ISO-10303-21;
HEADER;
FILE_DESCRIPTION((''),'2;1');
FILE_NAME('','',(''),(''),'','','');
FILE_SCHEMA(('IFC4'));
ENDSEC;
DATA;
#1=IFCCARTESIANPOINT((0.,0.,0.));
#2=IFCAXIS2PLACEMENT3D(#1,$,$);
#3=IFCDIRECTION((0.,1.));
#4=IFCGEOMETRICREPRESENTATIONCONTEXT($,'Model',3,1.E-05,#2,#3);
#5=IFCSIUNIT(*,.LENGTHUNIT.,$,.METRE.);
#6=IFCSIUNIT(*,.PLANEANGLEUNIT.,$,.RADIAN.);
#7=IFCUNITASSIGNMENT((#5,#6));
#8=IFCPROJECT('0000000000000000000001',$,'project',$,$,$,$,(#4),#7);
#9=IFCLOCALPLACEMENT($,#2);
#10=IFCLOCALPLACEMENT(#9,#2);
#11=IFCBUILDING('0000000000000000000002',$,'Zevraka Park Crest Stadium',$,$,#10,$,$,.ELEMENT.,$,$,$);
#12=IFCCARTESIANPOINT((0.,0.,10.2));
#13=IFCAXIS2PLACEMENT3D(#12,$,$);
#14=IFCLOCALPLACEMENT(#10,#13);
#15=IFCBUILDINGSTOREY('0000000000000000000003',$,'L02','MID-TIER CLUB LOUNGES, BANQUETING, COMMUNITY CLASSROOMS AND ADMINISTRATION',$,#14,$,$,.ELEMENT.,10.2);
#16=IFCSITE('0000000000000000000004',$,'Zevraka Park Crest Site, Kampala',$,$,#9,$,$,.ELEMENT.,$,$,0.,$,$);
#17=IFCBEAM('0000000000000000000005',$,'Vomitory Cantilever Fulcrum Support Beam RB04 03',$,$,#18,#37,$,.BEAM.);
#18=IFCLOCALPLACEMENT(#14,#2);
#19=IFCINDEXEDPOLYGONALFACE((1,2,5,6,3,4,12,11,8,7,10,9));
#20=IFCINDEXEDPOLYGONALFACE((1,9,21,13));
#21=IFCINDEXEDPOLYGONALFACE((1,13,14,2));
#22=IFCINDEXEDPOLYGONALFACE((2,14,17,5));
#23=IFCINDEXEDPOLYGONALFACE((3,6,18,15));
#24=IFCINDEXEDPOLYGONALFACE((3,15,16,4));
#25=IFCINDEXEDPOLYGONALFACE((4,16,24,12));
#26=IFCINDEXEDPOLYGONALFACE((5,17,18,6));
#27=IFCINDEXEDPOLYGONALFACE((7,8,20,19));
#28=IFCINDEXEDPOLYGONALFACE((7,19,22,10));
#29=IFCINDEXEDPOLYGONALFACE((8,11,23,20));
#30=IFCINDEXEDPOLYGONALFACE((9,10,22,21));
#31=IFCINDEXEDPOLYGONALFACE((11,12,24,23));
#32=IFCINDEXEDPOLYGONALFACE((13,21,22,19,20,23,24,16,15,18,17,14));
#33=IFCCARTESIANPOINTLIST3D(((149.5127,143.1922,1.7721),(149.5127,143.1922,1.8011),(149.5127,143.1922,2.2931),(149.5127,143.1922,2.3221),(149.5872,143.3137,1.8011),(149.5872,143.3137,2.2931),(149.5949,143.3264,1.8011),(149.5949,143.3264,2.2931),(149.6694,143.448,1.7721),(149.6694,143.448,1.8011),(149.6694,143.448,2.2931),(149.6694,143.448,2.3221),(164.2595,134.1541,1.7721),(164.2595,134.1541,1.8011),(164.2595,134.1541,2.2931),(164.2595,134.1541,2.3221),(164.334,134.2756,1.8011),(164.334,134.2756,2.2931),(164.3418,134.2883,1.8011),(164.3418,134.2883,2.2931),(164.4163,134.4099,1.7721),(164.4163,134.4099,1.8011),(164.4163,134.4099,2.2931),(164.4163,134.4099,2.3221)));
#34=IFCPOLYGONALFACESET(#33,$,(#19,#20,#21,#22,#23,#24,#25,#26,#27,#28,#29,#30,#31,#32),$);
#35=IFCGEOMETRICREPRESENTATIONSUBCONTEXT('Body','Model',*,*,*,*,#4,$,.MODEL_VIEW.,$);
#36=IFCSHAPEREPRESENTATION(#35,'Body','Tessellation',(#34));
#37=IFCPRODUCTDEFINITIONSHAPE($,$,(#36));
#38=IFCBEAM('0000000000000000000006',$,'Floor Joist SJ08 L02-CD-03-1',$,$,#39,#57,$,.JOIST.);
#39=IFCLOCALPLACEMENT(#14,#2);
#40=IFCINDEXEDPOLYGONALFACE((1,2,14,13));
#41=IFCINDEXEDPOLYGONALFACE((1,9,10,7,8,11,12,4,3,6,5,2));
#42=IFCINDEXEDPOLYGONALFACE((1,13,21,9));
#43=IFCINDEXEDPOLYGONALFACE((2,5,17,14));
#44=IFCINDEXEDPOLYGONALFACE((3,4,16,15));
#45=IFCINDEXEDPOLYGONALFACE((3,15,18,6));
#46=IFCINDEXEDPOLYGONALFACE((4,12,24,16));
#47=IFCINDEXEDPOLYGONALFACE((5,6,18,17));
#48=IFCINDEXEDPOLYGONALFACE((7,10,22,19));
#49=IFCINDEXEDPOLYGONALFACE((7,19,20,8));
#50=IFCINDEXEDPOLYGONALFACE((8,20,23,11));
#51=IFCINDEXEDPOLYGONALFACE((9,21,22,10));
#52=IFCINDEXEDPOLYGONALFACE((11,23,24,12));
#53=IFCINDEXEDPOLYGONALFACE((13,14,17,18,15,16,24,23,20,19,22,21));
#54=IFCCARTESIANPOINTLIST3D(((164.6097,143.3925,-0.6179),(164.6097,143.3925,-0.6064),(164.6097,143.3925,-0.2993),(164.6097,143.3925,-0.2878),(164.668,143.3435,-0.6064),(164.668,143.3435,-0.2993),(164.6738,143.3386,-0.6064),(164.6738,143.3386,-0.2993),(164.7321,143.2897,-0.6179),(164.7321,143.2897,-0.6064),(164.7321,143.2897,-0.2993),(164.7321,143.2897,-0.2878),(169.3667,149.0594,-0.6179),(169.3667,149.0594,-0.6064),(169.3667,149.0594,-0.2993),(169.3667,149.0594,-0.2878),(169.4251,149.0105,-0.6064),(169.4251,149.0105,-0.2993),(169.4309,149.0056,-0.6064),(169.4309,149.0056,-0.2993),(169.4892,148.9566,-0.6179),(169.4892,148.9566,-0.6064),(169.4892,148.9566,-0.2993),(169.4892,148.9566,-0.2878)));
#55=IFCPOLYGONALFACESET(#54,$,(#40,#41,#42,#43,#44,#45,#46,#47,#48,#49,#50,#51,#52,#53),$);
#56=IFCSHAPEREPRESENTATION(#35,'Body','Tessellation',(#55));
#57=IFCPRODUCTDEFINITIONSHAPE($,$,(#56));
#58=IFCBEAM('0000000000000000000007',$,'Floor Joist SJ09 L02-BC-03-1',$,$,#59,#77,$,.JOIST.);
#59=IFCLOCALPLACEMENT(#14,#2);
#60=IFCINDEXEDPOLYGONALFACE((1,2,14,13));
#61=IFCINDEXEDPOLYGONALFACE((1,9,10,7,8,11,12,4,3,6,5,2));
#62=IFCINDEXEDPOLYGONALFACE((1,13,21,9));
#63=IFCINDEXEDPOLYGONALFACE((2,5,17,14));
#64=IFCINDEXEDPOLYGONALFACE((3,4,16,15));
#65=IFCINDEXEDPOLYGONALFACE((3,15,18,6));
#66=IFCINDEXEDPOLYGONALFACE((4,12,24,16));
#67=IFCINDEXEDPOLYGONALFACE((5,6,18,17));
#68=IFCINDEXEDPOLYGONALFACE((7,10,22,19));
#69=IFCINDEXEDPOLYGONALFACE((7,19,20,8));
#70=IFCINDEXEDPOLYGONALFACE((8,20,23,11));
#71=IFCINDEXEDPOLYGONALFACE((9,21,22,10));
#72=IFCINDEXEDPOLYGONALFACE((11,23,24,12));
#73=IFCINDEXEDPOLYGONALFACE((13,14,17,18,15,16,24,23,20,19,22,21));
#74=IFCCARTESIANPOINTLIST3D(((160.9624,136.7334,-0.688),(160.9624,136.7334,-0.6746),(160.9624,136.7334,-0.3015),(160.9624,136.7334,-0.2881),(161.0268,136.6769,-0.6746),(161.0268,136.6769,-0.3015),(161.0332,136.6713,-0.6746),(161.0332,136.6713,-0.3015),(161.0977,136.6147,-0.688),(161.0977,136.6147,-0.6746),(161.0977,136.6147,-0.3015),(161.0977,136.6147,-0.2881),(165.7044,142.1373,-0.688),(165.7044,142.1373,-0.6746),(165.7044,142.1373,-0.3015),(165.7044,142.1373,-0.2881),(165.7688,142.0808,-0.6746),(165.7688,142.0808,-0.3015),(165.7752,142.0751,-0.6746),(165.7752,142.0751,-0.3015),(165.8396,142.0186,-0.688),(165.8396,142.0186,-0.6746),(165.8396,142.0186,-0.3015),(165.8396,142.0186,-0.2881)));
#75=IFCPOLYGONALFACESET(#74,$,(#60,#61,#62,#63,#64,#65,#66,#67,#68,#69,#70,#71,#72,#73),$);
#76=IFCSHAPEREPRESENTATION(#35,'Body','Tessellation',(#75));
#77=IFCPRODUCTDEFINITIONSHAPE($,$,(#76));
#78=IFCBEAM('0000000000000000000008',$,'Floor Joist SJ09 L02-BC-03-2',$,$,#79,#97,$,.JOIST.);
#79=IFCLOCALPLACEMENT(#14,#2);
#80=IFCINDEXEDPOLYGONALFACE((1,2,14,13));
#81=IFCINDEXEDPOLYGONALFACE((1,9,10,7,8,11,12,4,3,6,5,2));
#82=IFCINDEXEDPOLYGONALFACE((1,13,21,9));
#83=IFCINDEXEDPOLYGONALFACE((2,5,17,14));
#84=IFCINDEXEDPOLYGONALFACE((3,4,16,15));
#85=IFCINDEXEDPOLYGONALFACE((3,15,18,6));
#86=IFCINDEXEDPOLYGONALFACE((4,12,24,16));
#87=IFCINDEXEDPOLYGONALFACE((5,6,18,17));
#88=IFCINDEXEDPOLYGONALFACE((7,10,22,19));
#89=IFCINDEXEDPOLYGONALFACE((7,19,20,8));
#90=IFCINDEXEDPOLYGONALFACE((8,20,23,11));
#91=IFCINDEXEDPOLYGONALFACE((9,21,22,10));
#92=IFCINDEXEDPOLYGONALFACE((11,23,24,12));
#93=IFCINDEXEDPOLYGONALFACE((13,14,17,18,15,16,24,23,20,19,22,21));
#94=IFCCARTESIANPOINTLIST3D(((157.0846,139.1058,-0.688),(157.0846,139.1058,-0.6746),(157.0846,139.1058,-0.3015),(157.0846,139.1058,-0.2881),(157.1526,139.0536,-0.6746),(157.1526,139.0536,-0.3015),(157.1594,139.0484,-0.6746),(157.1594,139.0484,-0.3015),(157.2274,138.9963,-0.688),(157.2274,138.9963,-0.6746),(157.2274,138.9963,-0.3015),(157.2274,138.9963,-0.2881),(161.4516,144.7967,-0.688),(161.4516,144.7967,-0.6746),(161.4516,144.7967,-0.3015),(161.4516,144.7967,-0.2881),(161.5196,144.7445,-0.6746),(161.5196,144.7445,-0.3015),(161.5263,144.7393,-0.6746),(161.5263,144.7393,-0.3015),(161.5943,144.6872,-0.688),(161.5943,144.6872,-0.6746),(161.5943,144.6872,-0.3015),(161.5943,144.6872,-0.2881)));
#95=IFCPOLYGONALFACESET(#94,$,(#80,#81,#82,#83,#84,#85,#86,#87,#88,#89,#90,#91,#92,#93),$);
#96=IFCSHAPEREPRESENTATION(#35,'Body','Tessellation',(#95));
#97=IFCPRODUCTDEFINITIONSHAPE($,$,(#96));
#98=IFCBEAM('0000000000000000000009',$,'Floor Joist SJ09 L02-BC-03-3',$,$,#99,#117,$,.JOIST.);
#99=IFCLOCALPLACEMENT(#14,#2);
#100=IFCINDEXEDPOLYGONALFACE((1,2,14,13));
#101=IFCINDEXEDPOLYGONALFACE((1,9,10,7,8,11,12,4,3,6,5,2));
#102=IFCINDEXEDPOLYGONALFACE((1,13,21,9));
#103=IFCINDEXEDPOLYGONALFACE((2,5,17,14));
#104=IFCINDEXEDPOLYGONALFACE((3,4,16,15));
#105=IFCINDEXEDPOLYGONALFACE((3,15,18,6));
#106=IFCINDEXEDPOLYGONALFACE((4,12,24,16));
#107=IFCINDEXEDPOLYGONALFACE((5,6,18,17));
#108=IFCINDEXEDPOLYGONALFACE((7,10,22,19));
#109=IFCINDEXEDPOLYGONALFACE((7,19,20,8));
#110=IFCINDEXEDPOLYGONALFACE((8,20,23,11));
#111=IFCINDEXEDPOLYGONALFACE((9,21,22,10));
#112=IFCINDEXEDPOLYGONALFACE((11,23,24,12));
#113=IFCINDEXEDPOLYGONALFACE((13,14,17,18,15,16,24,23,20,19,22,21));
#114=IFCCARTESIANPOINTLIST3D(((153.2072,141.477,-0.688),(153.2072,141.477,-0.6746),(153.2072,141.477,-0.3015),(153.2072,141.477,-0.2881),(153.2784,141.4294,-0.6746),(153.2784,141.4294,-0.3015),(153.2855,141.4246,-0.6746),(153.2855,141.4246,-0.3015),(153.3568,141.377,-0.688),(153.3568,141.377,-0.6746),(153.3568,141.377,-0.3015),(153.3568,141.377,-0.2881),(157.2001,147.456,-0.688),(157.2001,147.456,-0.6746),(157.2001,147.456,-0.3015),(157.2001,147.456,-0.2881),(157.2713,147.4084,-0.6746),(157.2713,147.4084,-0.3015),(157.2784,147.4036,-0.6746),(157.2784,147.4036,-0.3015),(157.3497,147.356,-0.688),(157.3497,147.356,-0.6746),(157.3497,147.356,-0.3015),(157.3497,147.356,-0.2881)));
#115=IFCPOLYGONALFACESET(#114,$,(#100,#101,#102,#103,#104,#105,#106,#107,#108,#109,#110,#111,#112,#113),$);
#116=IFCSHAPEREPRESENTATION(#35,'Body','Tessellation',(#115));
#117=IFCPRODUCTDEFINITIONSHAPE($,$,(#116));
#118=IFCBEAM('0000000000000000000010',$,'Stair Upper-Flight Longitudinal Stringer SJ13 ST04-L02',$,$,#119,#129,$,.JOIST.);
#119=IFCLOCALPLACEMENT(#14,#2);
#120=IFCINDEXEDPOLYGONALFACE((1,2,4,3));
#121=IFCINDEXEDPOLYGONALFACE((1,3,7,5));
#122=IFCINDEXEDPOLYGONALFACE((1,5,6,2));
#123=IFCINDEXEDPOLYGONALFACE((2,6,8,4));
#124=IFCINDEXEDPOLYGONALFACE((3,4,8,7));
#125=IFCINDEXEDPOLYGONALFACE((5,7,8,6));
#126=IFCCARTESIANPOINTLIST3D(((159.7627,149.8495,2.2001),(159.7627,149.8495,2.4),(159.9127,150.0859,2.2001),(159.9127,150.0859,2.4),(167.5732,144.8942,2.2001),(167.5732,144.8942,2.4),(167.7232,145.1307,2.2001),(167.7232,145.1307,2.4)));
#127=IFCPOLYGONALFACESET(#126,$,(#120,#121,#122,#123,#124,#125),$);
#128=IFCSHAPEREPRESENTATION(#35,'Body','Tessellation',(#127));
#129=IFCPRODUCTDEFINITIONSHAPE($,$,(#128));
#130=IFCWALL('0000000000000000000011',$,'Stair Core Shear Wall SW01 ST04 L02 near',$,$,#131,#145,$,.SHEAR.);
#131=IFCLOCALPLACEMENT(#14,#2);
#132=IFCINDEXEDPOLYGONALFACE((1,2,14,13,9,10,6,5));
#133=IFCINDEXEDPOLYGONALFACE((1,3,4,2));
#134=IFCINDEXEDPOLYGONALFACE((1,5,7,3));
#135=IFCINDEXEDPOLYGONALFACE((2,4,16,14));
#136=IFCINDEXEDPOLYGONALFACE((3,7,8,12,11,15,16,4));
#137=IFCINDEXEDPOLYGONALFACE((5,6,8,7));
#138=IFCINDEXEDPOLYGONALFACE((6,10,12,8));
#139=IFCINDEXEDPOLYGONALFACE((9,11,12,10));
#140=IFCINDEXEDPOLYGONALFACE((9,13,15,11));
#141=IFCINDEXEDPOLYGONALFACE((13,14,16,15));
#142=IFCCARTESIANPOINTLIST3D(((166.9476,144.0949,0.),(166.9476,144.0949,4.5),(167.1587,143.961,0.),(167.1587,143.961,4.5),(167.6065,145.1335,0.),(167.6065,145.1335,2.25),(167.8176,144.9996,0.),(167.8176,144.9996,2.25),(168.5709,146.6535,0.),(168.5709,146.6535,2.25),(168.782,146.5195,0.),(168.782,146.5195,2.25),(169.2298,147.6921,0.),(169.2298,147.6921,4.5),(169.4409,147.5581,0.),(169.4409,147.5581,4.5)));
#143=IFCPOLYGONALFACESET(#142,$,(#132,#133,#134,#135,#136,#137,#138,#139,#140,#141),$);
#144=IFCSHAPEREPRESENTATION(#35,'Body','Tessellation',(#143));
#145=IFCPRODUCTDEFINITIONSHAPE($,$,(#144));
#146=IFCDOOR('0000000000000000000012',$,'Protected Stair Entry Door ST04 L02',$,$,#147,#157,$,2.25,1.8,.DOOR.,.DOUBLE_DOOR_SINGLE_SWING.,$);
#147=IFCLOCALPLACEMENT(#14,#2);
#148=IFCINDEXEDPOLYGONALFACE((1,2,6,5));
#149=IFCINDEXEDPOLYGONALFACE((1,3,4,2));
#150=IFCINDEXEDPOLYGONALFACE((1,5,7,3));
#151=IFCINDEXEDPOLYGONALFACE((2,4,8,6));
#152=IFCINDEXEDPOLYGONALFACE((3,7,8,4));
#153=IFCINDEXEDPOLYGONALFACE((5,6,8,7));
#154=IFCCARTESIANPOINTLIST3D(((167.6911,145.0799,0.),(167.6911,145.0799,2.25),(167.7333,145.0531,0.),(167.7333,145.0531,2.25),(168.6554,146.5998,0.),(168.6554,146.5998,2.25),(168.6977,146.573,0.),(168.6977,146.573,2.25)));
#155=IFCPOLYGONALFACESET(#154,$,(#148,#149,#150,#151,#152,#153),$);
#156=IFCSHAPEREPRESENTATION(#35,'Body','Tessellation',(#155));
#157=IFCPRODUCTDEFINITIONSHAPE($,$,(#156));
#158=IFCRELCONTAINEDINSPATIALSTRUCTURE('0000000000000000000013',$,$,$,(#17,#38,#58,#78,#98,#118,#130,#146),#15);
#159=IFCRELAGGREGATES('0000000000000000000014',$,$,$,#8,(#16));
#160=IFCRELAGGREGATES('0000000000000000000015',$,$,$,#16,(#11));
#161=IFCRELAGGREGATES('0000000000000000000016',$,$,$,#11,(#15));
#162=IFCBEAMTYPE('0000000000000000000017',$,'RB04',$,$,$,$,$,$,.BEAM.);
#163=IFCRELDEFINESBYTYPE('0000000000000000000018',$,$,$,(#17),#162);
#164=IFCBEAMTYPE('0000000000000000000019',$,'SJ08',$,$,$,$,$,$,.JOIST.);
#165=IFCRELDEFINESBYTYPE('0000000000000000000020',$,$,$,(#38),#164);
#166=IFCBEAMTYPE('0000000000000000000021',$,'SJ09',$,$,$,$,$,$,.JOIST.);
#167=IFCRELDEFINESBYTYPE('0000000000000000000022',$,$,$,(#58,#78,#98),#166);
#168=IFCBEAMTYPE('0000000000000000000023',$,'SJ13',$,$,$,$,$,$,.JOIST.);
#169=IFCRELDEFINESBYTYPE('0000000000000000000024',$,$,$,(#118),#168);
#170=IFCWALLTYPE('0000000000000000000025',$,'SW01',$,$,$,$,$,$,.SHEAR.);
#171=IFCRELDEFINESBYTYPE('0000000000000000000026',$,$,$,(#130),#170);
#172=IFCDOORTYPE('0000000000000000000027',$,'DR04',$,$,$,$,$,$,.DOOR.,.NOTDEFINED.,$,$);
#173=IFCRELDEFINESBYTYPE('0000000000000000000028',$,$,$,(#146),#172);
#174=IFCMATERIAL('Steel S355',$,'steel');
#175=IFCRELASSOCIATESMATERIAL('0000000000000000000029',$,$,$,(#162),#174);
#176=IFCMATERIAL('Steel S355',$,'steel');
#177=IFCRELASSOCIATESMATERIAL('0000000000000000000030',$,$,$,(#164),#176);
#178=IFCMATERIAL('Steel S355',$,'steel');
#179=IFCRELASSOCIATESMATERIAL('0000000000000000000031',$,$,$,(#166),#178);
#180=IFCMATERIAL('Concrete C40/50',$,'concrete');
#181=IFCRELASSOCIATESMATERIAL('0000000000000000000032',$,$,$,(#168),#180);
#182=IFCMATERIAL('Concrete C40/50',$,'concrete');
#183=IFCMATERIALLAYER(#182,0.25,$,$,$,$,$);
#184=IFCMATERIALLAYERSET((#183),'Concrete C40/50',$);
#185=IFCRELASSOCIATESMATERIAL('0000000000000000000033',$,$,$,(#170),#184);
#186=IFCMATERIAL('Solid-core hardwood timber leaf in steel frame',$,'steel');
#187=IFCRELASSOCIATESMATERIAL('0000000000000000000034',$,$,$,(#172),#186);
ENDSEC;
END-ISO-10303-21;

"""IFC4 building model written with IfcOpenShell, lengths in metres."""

from ifc_helpers import new_model, si_unit, direction, frame, frame_2d, origin, origin_2d, place, context, subcontext, project, spatial, rectangle, i_section, extrude, material, layer, layer_set, material_profile, profile_set, type_object, element, fill, save


model = new_model("IFC4")

# Units and contexts
model_context = context("Model", 3, precision=1e-05, world=origin(), true_north=direction((0.0, 1.0)))
body_context = subcontext(model_context, "Body", "Model", "MODEL_VIEW")
ifc_project = project(units=[si_unit("LENGTHUNIT", "METRE"), si_unit("PLANEANGLEUNIT", "RADIAN")], contexts=[model_context])

# Site, building, storey
site_placement = place(None, origin())
site = spatial("IfcSite", under=ifc_project, at=site_placement, Name="Zevraka Park Crest Site, Kampala", CompositionType="ELEMENT", RefElevation=0.0)
building_placement = place(site_placement, origin())
building = spatial("IfcBuilding", under=site, at=building_placement, Name="Zevraka Park Crest Stadium", CompositionType="ELEMENT")
storey_placement = place(building_placement, frame((0.0, 0.0, 10.2)))
storey = spatial("IfcBuildingStorey", under=building, at=storey_placement, Name="L02", Description="MID-TIER CLUB LOUNGES, BANQUETING, COMMUNITY CLASSROOMS AND ADMINISTRATION", CompositionType="ELEMENT", Elevation=10.2)

# Beams
ifc_material_1 = material(Name="Steel S355", Category="steel")
ifc_material_profile_1 = material_profile(ifc_material_1, i_section(OverallWidth=0.3, OverallDepth=0.55, WebThickness=0.0149, FlangeThickness=0.0291, at=origin_2d()), Name="HEB 550")
ifc_profile_set_1 = profile_set([ifc_material_profile_1], Name="Steel S355")
beam_type_1 = type_object("IfcBeamType", Name="RB04", PredefinedType="BEAM", material=ifc_profile_set_1)
beam_1_placement = place(storey_placement, frame((164.3379, 134.282, 2.0471), z_axis=(-0.852609, 0.52255, 0.0), x_axis=(-0.52255, -0.852609, 0.0)))
element("IfcBeam", 1, at=beam_1_placement, inside=storey, type_object=beam_type_1, Name="Vomitory Cantilever Fulcrum Support Beam RB04 03", PredefinedType="BEAM", context=body_context, shape_type="SweptSolid", body=[
    extrude(i_section(OverallWidth=0.3, OverallDepth=0.55, WebThickness=0.0149, FlangeThickness=0.0291, at=origin_2d()), origin(), (0.0, 0.0, 1.0), 17.2961),
])
ifc_material_2 = material(Name="Steel S355", Category="steel")
ifc_material_profile_2 = material_profile(ifc_material_2, i_section(OverallWidth=0.1599, OverallDepth=0.3301, WebThickness=0.0076, FlangeThickness=0.0115, at=origin_2d()), Name="IPE 330")
ifc_profile_set_2 = profile_set([ifc_material_profile_2], Name="Steel S355")
beam_type_2 = type_object("IfcBeamType", Name="SJ08", PredefinedType="JOIST", material=ifc_profile_set_2)
beam_2_placement = place(storey_placement, frame((164.6709, 143.3411, -0.4529), z_axis=(0.642939, 0.765917, 0.0), x_axis=(-0.765917, 0.642939, 0.0)))
element("IfcBeam", 2, at=beam_2_placement, inside=storey, type_object=beam_type_2, Name="Floor Joist SJ08 L02-CD-03-1", PredefinedType="JOIST", context=body_context, shape_type="SweptSolid", body=[
    extrude(i_section(OverallWidth=0.1599, OverallDepth=0.3301, WebThickness=0.0076, FlangeThickness=0.0115, at=origin_2d()), origin(), (0.0, 0.0, 1.0), 7.3989),
])
ifc_material_3 = material(Name="Steel S355", Category="steel")
ifc_material_profile_3 = material_profile(ifc_material_3, i_section(OverallWidth=0.1799, OverallDepth=0.3999, WebThickness=0.0085, FlangeThickness=0.0134, at=origin_2d()), Name="IPE 400")
ifc_profile_set_3 = profile_set([ifc_material_profile_3], Name="Steel S355")
beam_type_3 = type_object("IfcBeamType", Name="SJ09", PredefinedType="JOIST", material=ifc_profile_set_3)
beam_3_placement = place(storey_placement, frame((161.03, 136.6741, -0.488), z_axis=(0.659576, 0.751638, 0.0), x_axis=(-0.751638, 0.659576, 0.0)))
element("IfcBeam", 3, at=beam_3_placement, inside=storey, type_object=beam_type_3, Name="Floor Joist SJ09 L02-BC-03-1", PredefinedType="JOIST", context=body_context, shape_type="SweptSolid", body=[
    extrude(i_section(OverallWidth=0.1799, OverallDepth=0.3999, WebThickness=0.0085, FlangeThickness=0.0134, at=origin_2d()), origin(), (0.0, 0.0, 1.0), 7.1895),
])
beam_4_placement = place(storey_placement, frame((157.156, 139.051, -0.488), z_axis=(0.608774, 0.793343, 0.0), x_axis=(-0.793343, 0.608774, 0.0)))
element("IfcBeam", 4, at=beam_4_placement, inside=storey, type_object=beam_type_3, Name="Floor Joist SJ09 L02-BC-03-2", PredefinedType="JOIST", context=body_context, shape_type="SweptSolid", body=[
    extrude(i_section(OverallWidth=0.1799, OverallDepth=0.3999, WebThickness=0.0085, FlangeThickness=0.0134, at=origin_2d()), origin(), (0.0, 0.0, 1.0), 7.1733),
])
beam_5_placement = place(storey_placement, frame((153.282, 141.427, -0.488), z_axis=(0.555366, 0.831606, 0.0), x_axis=(-0.831606, 0.555366, 0.0)))
element("IfcBeam", 5, at=beam_5_placement, inside=storey, type_object=beam_type_3, Name="Floor Joist SJ09 L02-BC-03-3", PredefinedType="JOIST", context=body_context, shape_type="SweptSolid", body=[
    extrude(i_section(OverallWidth=0.1799, OverallDepth=0.3999, WebThickness=0.0085, FlangeThickness=0.0134, at=origin_2d()), origin(), (0.0, 0.0, 1.0), 7.1897),
])
ifc_material_4 = material(Name="Concrete C40/50", Category="concrete")
ifc_material_profile_4 = material_profile(ifc_material_4, rectangle(XDim=0.28, YDim=0.2, at=origin_2d()), Name="RC 200x280")
ifc_profile_set_4 = profile_set([ifc_material_profile_4], Name="Concrete C40/50")
beam_type_4 = type_object("IfcBeamType", Name="SJ13", PredefinedType="JOIST", material=ifc_profile_set_4)
beam_6_placement = place(storey_placement, frame((167.6482, 145.0125, 2.3), z_axis=(-0.844396, 0.535719, 0.0), x_axis=(-0.535719, -0.844396, 0.0)))
element("IfcBeam", 6, at=beam_6_placement, inside=storey, type_object=beam_type_4, Name="Stair Upper-Flight Longitudinal Stringer SJ13 ST04-L02", PredefinedType="JOIST", context=body_context, shape_type="SweptSolid", body=[
    extrude(rectangle(XDim=0.28, YDim=0.2, at=origin_2d()), origin(), (0.0, 0.0, 1.0), 9.2498),
])

# Wall, opening, door
ifc_material_5 = material(Name="Concrete C40/50", Category="concrete")
ifc_layer = layer(ifc_material_5, 0.25)
ifc_layer_set = layer_set([ifc_layer], Name="Concrete C40/50")
wall_type = type_object("IfcWallType", Name="SW01", PredefinedType="SHEAR", material=ifc_layer_set)
wall_placement = place(storey_placement, frame((167.0532, 144.0281, 0.0), z_axis=(0.0, 0.0, 1.0), x_axis=(0.535725, 0.844392, 0.0)))
wall = element("IfcWall", 7, at=wall_placement, inside=storey, type_object=wall_type, Name="Stair Core Shear Wall SW01 ST04 L02 near", PredefinedType="SHEAR", context=body_context, shape_type="SweptSolid", body=[
    extrude(rectangle(XDim=4.26, YDim=0.25, at=frame_2d((2.1299, 0.0))), origin(), (0.0, 0.0, 1.0), 4.5),
])
opening_placement = place(wall_placement, frame((1.23, 0.0, 0.0)))
opening = element("IfcOpeningElement", 8, at=opening_placement, cuts=wall, PredefinedType="OPENING", context=body_context, shape_type="SweptSolid", body=[
    extrude(rectangle(XDim=1.8, YDim=2.25, at=frame_2d((0.8999, 1.125))), frame((0.0, 0.135, 0.0), z_axis=(0.0, -1.0, 0.0), x_axis=(1.0, 0.0, 0.0)), (0.0, 0.0, 1.0), 0.27),
])
ifc_material_6 = material(Name="Solid-core hardwood timber leaf in steel frame", Category="steel")
door_type = type_object("IfcDoorType", Name="DR04", OperationType="NOTDEFINED", PredefinedType="DOOR", material=ifc_material_6)
door_placement = place(opening_placement, origin())
door = element("IfcDoor", 9, at=door_placement, inside=storey, type_object=door_type, Name="Protected Stair Entry Door ST04 L02", OperationType="DOUBLE_DOOR_SINGLE_SWING", OverallHeight=2.25, OverallWidth=1.8, PredefinedType="DOOR", context=body_context, shape_type="SweptSolid", body=[
    extrude(rectangle(XDim=1.8, YDim=2.25, at=frame_2d((0.8999, 1.125))), frame((0.0, 0.0249, 0.0), z_axis=(0.0, -1.0, 0.0), x_axis=(1.0, 0.0, 0.0)), (0.0, 0.0, 1.0), 0.05),
])
fill(opening, door)

save(model, "model.ifc")
